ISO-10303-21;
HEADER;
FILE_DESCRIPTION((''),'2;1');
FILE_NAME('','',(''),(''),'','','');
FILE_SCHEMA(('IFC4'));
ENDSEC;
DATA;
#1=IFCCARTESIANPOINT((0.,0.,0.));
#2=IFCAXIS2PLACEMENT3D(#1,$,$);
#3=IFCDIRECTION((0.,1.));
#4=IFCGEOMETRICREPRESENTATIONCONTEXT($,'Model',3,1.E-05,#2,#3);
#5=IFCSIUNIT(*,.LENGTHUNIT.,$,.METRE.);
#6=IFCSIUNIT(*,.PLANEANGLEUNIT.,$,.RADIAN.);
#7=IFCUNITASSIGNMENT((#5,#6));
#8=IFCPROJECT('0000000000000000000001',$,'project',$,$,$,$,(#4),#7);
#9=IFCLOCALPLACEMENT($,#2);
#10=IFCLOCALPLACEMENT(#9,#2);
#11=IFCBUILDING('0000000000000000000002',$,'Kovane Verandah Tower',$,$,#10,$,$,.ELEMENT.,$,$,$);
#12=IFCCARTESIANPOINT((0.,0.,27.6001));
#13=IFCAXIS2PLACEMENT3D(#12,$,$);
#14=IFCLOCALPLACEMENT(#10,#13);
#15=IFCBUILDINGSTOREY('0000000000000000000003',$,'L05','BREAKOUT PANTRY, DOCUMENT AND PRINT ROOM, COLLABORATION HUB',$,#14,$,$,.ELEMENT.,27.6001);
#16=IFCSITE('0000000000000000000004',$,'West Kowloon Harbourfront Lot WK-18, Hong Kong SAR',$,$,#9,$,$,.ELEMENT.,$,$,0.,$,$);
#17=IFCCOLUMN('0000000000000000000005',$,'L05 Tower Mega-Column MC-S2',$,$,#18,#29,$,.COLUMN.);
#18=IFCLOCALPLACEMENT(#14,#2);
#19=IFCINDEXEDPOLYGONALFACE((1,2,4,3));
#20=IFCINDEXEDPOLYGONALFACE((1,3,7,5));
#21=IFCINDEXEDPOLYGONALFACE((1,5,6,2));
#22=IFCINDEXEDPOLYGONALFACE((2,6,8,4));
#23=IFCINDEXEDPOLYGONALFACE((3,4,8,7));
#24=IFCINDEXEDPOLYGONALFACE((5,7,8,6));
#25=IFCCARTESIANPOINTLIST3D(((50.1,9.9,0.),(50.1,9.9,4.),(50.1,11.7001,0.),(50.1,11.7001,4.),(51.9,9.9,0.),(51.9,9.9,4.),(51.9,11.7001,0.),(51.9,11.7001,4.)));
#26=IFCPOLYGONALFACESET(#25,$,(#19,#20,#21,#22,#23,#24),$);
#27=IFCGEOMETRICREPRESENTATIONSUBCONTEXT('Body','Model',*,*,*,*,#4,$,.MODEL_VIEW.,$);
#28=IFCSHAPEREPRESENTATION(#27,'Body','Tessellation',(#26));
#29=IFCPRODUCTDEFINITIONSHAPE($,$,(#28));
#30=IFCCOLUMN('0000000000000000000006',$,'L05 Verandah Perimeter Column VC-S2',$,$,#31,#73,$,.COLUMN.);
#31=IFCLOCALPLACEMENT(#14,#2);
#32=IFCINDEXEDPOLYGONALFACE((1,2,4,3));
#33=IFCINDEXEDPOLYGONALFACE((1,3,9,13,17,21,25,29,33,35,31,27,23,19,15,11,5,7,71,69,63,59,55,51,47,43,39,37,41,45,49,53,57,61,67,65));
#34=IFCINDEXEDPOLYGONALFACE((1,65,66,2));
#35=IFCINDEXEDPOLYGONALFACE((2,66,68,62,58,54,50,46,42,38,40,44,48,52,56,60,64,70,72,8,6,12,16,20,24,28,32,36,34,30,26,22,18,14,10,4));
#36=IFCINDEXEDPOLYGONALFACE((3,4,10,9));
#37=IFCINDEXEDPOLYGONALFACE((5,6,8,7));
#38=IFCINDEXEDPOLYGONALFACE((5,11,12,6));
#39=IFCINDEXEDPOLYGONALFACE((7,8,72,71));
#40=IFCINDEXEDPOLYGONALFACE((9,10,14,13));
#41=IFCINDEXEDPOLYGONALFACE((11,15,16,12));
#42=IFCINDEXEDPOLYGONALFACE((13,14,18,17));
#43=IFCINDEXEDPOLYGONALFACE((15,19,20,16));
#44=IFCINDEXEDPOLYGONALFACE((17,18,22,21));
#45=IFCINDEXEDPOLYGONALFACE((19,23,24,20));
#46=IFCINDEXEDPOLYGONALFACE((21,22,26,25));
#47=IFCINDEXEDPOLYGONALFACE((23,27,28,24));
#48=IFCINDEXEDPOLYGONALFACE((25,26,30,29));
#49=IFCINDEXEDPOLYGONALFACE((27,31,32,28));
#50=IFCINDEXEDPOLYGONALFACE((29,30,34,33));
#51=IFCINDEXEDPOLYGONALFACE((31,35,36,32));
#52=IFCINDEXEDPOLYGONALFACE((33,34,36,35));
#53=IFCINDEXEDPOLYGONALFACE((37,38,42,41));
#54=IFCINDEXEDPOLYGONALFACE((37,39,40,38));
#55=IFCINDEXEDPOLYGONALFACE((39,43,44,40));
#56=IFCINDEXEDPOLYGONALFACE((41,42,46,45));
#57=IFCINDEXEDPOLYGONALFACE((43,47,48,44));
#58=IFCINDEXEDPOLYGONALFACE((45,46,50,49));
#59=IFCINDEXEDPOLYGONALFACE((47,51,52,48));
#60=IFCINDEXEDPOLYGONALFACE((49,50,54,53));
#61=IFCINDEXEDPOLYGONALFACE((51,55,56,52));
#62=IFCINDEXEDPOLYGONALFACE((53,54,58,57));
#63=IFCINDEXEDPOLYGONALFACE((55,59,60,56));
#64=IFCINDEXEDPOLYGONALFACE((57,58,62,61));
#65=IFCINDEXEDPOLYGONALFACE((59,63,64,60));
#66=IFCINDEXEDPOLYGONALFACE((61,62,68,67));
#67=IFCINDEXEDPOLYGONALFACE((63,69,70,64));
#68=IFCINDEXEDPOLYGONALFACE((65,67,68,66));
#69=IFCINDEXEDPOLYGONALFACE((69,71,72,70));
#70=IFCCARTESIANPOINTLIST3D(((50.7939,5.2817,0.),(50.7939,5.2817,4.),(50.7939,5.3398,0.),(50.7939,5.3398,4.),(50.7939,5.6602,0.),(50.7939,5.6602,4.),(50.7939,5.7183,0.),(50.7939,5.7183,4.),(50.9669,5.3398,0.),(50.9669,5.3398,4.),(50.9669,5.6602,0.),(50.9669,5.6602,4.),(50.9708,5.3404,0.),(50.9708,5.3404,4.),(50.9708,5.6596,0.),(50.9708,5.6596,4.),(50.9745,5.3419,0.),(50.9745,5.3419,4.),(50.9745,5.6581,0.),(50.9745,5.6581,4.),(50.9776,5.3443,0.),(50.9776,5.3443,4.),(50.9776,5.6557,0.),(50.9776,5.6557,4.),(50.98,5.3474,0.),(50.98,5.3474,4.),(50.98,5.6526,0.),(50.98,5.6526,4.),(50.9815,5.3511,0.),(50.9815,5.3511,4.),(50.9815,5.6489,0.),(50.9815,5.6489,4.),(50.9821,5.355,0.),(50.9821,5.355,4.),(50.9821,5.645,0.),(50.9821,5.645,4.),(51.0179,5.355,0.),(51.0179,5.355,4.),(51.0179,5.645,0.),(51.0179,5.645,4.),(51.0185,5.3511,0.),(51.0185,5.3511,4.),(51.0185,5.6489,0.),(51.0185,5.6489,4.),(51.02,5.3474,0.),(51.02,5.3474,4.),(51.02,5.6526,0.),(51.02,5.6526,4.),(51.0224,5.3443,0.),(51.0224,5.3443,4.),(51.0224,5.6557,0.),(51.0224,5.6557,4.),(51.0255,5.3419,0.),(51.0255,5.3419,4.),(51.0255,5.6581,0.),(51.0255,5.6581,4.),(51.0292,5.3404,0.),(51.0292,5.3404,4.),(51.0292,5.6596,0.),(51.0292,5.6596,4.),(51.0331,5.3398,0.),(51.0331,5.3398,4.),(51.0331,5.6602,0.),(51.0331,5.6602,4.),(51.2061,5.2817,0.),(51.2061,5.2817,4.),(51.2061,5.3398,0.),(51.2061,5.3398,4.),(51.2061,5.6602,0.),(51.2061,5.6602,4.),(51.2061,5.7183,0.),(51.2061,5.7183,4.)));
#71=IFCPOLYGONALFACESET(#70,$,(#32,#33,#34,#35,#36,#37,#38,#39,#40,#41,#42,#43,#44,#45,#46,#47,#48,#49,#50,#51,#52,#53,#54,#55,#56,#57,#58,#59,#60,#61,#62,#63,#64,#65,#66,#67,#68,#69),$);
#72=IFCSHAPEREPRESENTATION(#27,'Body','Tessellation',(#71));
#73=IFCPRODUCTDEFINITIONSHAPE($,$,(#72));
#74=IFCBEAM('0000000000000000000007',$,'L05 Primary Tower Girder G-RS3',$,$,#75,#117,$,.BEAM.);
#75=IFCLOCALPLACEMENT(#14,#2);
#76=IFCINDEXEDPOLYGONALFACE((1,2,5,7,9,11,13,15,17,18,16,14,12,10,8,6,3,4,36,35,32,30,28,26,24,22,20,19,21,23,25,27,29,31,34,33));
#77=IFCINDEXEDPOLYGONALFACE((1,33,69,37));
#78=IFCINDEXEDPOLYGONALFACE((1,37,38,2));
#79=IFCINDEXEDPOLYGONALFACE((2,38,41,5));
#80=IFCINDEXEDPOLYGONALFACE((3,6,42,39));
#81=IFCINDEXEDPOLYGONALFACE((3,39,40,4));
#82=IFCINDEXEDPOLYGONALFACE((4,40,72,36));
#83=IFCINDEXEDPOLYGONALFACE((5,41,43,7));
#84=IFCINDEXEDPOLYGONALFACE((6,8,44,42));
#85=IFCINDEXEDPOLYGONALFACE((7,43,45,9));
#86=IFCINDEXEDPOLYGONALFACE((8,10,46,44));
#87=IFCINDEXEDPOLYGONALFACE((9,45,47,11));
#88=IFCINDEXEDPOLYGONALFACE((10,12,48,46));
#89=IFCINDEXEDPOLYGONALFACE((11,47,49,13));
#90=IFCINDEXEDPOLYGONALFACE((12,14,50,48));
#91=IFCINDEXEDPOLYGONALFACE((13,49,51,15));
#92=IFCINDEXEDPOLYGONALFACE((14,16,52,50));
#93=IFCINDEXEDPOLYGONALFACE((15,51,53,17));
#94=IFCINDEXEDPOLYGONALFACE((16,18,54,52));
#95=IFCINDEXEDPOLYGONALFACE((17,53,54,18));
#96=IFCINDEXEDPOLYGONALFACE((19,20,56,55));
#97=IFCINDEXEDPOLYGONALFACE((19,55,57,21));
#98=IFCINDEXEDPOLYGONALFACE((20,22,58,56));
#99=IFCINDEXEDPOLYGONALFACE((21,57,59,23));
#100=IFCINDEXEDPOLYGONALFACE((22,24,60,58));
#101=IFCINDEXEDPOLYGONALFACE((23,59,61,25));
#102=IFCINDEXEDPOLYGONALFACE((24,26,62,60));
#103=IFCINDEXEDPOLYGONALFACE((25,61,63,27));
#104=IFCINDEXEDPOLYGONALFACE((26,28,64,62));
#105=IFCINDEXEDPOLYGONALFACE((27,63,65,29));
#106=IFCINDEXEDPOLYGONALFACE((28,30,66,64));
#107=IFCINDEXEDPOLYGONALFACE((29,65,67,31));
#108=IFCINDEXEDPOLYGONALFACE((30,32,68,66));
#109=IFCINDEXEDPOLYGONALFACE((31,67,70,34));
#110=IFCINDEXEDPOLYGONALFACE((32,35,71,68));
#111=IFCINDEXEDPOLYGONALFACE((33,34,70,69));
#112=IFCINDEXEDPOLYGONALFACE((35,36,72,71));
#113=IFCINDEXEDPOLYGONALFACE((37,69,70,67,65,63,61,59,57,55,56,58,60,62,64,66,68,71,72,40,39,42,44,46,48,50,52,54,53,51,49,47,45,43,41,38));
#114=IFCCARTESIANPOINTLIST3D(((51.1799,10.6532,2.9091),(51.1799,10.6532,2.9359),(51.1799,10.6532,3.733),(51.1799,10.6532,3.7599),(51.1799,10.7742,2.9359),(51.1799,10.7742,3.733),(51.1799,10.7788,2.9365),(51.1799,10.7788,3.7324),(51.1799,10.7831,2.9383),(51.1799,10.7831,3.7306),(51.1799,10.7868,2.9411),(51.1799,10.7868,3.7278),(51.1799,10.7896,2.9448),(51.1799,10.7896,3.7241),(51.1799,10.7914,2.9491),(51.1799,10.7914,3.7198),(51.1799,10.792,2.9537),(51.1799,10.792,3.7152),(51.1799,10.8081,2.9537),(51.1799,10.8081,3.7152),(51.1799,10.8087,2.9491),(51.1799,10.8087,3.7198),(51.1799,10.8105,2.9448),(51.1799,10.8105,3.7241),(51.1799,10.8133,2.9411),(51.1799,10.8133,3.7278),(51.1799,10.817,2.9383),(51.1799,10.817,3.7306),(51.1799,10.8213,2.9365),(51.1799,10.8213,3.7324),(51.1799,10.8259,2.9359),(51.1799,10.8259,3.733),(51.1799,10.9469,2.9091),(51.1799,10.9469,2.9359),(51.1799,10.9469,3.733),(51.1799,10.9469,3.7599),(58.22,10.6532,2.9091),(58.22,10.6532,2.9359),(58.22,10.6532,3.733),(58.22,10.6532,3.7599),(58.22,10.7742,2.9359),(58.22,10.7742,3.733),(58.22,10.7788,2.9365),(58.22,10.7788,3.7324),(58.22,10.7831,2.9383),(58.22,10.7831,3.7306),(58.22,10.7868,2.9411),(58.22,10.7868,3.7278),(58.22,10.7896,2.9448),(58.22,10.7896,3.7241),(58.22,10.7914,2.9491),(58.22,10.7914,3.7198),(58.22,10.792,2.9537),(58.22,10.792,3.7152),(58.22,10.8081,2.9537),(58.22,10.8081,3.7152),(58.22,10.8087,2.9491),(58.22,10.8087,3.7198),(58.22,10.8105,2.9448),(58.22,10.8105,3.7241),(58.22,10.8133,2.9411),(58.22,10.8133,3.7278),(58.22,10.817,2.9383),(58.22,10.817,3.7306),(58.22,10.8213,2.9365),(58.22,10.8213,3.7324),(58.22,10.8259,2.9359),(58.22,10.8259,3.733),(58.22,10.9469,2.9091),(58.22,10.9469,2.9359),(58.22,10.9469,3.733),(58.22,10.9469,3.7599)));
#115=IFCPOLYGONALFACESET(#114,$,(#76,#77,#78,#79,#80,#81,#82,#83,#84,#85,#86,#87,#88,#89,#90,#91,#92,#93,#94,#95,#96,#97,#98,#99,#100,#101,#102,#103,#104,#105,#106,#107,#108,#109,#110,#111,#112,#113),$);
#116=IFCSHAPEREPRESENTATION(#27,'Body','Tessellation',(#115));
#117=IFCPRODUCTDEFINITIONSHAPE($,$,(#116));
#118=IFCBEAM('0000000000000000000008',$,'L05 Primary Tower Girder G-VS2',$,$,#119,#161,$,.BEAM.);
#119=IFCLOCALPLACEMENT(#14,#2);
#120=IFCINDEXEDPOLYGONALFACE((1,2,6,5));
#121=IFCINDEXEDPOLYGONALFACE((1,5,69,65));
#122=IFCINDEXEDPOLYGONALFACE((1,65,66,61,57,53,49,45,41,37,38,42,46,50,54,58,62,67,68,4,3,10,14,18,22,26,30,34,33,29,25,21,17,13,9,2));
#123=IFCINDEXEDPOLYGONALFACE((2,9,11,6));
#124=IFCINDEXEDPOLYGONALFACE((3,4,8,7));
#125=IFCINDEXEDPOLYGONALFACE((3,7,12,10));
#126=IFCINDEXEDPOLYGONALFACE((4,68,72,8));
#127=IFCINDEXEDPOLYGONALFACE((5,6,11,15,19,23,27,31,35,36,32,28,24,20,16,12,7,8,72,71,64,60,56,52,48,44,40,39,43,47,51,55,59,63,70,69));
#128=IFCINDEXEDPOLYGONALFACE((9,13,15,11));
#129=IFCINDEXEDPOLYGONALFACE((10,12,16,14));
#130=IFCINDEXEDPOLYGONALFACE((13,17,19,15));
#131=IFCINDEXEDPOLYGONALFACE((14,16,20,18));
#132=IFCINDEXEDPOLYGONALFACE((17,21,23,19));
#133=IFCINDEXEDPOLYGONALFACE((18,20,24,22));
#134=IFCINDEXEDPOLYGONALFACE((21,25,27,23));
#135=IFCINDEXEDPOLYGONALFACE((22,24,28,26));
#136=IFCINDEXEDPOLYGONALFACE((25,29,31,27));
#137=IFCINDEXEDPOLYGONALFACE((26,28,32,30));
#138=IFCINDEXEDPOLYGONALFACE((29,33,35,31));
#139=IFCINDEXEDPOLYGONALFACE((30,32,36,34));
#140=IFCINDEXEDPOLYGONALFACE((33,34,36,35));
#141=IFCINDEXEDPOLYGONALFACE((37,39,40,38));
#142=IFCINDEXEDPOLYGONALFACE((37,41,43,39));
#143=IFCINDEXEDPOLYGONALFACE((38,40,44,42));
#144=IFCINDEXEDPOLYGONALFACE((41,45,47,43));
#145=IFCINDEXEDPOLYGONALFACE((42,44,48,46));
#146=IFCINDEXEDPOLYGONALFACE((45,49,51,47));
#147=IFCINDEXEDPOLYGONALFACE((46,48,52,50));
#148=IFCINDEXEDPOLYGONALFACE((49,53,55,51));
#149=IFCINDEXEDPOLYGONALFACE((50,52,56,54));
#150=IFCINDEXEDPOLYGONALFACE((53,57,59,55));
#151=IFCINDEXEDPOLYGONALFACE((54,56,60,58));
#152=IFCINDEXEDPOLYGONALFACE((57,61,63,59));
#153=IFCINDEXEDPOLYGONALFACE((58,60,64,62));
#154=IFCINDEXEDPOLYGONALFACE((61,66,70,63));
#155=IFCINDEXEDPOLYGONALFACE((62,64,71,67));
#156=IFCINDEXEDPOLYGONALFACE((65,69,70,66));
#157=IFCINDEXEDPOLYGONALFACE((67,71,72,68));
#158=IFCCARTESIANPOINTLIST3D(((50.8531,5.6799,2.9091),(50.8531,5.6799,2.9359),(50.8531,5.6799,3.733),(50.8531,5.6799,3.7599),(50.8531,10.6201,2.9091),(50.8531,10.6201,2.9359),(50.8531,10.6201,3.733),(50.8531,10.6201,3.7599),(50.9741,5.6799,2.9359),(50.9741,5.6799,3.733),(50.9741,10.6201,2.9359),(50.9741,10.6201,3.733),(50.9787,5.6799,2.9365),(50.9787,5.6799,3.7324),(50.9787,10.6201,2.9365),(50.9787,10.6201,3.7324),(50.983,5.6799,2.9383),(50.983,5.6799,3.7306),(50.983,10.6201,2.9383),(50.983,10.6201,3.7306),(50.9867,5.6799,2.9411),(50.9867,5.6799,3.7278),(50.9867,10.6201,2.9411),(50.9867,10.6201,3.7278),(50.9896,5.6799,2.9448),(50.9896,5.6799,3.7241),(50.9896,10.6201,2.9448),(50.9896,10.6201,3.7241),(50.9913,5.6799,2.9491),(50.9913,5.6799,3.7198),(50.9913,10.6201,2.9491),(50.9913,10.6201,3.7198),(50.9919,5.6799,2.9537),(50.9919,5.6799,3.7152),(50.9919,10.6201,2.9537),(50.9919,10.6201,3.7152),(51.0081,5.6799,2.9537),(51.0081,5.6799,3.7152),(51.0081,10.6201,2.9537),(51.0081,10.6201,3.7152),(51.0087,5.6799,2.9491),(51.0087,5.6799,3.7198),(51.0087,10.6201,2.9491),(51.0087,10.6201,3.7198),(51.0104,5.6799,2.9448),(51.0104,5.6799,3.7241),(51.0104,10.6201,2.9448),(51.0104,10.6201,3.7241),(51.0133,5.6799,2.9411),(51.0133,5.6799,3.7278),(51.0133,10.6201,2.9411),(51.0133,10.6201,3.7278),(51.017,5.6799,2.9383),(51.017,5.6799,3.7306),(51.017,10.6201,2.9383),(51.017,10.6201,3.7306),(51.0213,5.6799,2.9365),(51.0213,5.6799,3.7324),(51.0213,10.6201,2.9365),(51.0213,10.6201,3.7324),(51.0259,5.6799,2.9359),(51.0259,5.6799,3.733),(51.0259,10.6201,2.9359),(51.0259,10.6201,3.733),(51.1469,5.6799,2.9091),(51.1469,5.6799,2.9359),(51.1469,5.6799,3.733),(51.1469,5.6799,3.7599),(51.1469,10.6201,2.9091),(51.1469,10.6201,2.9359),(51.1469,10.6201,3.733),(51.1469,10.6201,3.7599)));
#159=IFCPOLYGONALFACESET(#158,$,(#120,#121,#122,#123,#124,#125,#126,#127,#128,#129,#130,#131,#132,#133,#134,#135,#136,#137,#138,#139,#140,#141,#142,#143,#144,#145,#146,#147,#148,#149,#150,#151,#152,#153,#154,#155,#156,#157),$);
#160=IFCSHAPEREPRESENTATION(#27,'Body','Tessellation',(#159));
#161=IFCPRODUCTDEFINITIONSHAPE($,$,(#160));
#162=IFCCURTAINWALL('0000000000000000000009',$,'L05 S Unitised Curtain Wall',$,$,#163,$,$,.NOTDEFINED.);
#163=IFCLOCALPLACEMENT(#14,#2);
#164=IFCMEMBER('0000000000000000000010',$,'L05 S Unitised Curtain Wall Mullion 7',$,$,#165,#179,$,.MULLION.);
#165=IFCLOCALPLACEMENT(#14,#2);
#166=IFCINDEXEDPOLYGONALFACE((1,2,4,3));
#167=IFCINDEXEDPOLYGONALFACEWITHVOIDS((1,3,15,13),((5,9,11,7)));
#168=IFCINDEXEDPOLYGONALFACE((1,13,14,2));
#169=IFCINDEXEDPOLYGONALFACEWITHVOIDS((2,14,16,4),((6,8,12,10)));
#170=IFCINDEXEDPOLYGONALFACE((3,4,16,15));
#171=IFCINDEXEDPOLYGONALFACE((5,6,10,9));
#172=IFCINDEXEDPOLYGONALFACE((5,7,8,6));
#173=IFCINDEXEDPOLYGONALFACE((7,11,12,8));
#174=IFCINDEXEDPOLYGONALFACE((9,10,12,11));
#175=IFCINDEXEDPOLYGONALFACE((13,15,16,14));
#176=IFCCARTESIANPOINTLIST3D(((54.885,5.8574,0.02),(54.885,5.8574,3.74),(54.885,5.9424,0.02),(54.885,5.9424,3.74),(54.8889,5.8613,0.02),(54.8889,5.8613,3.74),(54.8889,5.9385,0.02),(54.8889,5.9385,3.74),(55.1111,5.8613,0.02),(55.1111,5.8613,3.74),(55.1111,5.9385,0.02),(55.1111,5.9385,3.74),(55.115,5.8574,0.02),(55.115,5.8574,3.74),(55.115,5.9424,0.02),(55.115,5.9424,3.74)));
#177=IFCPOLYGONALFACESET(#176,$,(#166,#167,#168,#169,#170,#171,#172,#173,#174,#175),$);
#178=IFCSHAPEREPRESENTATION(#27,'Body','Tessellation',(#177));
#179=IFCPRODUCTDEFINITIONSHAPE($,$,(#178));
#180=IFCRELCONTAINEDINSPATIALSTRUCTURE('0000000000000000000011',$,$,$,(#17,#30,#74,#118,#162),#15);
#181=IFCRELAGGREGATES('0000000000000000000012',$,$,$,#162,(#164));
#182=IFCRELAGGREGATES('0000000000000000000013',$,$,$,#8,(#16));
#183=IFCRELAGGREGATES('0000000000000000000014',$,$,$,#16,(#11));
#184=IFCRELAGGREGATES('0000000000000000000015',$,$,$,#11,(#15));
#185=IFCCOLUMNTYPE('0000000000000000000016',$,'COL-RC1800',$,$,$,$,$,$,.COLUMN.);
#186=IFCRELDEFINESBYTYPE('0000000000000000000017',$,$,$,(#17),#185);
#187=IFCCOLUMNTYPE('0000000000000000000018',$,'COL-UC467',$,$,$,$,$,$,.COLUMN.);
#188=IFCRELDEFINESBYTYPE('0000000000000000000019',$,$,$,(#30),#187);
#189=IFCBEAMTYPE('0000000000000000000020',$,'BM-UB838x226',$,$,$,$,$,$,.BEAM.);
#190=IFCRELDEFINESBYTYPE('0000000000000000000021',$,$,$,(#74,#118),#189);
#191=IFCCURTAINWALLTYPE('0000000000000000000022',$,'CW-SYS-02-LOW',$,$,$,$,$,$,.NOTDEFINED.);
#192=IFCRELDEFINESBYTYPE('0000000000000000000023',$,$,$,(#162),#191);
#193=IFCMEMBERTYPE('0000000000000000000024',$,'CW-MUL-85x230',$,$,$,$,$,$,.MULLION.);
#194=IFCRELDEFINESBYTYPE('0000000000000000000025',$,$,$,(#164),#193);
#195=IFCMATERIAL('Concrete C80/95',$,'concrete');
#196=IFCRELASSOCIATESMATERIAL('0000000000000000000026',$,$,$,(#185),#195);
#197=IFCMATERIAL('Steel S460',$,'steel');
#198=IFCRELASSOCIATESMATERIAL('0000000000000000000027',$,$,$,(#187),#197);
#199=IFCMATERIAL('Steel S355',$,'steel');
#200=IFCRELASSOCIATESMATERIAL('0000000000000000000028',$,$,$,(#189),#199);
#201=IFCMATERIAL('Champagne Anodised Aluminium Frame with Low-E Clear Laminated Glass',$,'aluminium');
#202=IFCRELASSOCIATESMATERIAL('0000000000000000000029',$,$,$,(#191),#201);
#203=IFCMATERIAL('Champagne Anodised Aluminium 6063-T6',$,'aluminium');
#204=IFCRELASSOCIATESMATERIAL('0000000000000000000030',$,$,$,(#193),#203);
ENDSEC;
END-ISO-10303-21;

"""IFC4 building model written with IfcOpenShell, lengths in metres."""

from ifc_helpers import new_model, si_unit, direction, frame, origin, origin_2d, place, context, subcontext, project, spatial, rectangle, hollow_rectangle, i_section, extrude, material, material_profile, profile_set, type_object, element, aggregate, save


model = new_model("IFC4")

# Units and contexts
model_context = context("Model", 3, precision=1e-05, world=origin(), true_north=direction((0.0, 1.0)))
body_context = subcontext(model_context, "Body", "Model", "MODEL_VIEW")
ifc_project = project(units=[si_unit("LENGTHUNIT", "METRE"), si_unit("PLANEANGLEUNIT", "RADIAN")], contexts=[model_context])

# Site, building, storey
site_placement = place(None, origin())
site = spatial("IfcSite", under=ifc_project, at=site_placement, Name="West Kowloon Harbourfront Lot WK-18, Hong Kong SAR", CompositionType="ELEMENT", RefElevation=0.0)
building_placement = place(site_placement, origin())
building = spatial("IfcBuilding", under=site, at=building_placement, Name="Kovane Verandah Tower", CompositionType="ELEMENT")
storey_placement = place(building_placement, frame((0.0, 0.0, 27.6001)))
storey = spatial("IfcBuildingStorey", under=building, at=storey_placement, Name="L05", Description="BREAKOUT PANTRY, DOCUMENT AND PRINT ROOM, COLLABORATION HUB", CompositionType="ELEMENT", Elevation=27.6001)

# Columns
ifc_material_1 = material(Name="Concrete C80/95", Category="concrete")
ifc_material_profile_1 = material_profile(ifc_material_1, rectangle(XDim=1.8, YDim=1.8, at=origin_2d()), Name="RC1800x1800")
ifc_profile_set_1 = profile_set([ifc_material_profile_1], Name="Concrete C80/95")
column_type_1 = type_object("IfcColumnType", Name="COL-RC1800", PredefinedType="COLUMN", material=ifc_profile_set_1)
column_1_placement = place(storey_placement, frame((51.0, 10.8, 0.0), z_axis=(0.0, 0.0, 1.0), x_axis=(1.0, 0.0, 0.0)))
element("IfcColumn", 1, at=column_1_placement, inside=storey, type_object=column_type_1, Name="L05 Tower Mega-Column MC-S2", PredefinedType="COLUMN", context=body_context, shape_type="SweptSolid", body=[
    extrude(rectangle(XDim=1.8, YDim=1.8, at=origin_2d()), origin(), (0.0, 0.0, 1.0), 4.0),
])
ifc_material_2 = material(Name="Steel S460", Category="steel")
ifc_material_profile_2 = material_profile(ifc_material_2, i_section(OverallWidth=0.4121, OverallDepth=0.4365, WebThickness=0.0359, FlangeThickness=0.0581, FilletRadius=0.0151, at=origin_2d()), Name="UC356x406x467")
ifc_profile_set_2 = profile_set([ifc_material_profile_2], Name="Steel S460")
column_type_2 = type_object("IfcColumnType", Name="COL-UC467", PredefinedType="COLUMN", material=ifc_profile_set_2)
column_2_placement = place(storey_placement, frame((51.0, 5.5, 0.0), z_axis=(0.0, 0.0, 1.0), x_axis=(1.0, 0.0, 0.0)))
element("IfcColumn", 2, at=column_2_placement, inside=storey, type_object=column_type_2, Name="L05 Verandah Perimeter Column VC-S2", PredefinedType="COLUMN", context=body_context, shape_type="SweptSolid", body=[
    extrude(i_section(OverallWidth=0.4121, OverallDepth=0.4365, WebThickness=0.0359, FlangeThickness=0.0581, FilletRadius=0.0151, at=origin_2d()), origin(), (0.0, 0.0, 1.0), 4.0),
])

# Beams
ifc_material_3 = material(Name="Steel S355", Category="steel")
ifc_material_profile_3 = material_profile(ifc_material_3, i_section(OverallWidth=0.2937, OverallDepth=0.8508, WebThickness=0.0161, FlangeThickness=0.0269, FilletRadius=0.0178, at=origin_2d()), Name="UB838x292x226")
ifc_profile_set_3 = profile_set([ifc_material_profile_3], Name="Steel S355")
beam_type = type_object("IfcBeamType", Name="BM-UB838x226", PredefinedType="BEAM", material=ifc_profile_set_3)
beam_1_placement = place(storey_placement, frame((51.1799, 10.8, 3.3345), z_axis=(1.0, 0.0, 0.0), x_axis=(0.0, 1.0, 0.0)))
element("IfcBeam", 3, at=beam_1_placement, inside=storey, type_object=beam_type, Name="L05 Primary Tower Girder G-RS3", PredefinedType="BEAM", context=body_context, shape_type="SweptSolid", body=[
    extrude(i_section(OverallWidth=0.2937, OverallDepth=0.8508, WebThickness=0.0161, FlangeThickness=0.0269, FilletRadius=0.0178, at=origin_2d()), origin(), (0.0, 0.0, 1.0), 7.04),
])
beam_2_placement = place(storey_placement, frame((51.0, 10.6201, 3.3345), z_axis=(0.0, -1.0, 0.0), x_axis=(1.0, 0.0, 0.0)))
element("IfcBeam", 4, at=beam_2_placement, inside=storey, type_object=beam_type, Name="L05 Primary Tower Girder G-VS2", PredefinedType="BEAM", context=body_context, shape_type="SweptSolid", body=[
    extrude(i_section(OverallWidth=0.2937, OverallDepth=0.8508, WebThickness=0.0161, FlangeThickness=0.0269, FilletRadius=0.0178, at=origin_2d()), origin(), (0.0, 0.0, 1.0), 4.9402),
])

# Curtain wall, member
ifc_material_4 = material(Name="Champagne Anodised Aluminium Frame with Low-E Clear Laminated Glass", Category="aluminium")
curtain_wall_type = type_object("IfcCurtainWallType", Name="CW-SYS-02-LOW", PredefinedType="NOTDEFINED", material=ifc_material_4)
curtain_wall_placement = place(storey_placement, origin())
curtain_wall = element("IfcCurtainWall", 5, at=curtain_wall_placement, inside=storey, type_object=curtain_wall_type, Name="L05 S Unitised Curtain Wall", PredefinedType="NOTDEFINED")
ifc_material_5 = material(Name="Champagne Anodised Aluminium 6063-T6", Category="aluminium")
ifc_material_profile_4 = material_profile(ifc_material_5, hollow_rectangle(XDim=0.085, YDim=0.23, WallThickness=0.0039, at=origin_2d()), Name="AL85x230x4")
ifc_profile_set_4 = profile_set([ifc_material_profile_4], Name="Champagne Anodised Aluminium 6063-T6")
member_type_1 = type_object("IfcMemberType", Name="CW-MUL-85x230", PredefinedType="MULLION", material=ifc_profile_set_4)
member_1_placement = place(storey_placement, frame((55.0, 5.8999, 0.02), z_axis=(0.0, 0.0, 1.0), x_axis=(0.0, -1.0, 0.0)))
member_1 = element("IfcMember", 6, at=member_1_placement, type_object=member_type_1, Name="L05 S Unitised Curtain Wall Mullion 7", PredefinedType="MULLION", context=body_context, shape_type="SweptSolid", body=[
    extrude(hollow_rectangle(XDim=0.085, YDim=0.23, WallThickness=0.0039, at=origin_2d()), origin(), (0.0, 0.0, 1.0), 3.72),
])
aggregate(curtain_wall, [member_1])

save(model, "model.ifc")
